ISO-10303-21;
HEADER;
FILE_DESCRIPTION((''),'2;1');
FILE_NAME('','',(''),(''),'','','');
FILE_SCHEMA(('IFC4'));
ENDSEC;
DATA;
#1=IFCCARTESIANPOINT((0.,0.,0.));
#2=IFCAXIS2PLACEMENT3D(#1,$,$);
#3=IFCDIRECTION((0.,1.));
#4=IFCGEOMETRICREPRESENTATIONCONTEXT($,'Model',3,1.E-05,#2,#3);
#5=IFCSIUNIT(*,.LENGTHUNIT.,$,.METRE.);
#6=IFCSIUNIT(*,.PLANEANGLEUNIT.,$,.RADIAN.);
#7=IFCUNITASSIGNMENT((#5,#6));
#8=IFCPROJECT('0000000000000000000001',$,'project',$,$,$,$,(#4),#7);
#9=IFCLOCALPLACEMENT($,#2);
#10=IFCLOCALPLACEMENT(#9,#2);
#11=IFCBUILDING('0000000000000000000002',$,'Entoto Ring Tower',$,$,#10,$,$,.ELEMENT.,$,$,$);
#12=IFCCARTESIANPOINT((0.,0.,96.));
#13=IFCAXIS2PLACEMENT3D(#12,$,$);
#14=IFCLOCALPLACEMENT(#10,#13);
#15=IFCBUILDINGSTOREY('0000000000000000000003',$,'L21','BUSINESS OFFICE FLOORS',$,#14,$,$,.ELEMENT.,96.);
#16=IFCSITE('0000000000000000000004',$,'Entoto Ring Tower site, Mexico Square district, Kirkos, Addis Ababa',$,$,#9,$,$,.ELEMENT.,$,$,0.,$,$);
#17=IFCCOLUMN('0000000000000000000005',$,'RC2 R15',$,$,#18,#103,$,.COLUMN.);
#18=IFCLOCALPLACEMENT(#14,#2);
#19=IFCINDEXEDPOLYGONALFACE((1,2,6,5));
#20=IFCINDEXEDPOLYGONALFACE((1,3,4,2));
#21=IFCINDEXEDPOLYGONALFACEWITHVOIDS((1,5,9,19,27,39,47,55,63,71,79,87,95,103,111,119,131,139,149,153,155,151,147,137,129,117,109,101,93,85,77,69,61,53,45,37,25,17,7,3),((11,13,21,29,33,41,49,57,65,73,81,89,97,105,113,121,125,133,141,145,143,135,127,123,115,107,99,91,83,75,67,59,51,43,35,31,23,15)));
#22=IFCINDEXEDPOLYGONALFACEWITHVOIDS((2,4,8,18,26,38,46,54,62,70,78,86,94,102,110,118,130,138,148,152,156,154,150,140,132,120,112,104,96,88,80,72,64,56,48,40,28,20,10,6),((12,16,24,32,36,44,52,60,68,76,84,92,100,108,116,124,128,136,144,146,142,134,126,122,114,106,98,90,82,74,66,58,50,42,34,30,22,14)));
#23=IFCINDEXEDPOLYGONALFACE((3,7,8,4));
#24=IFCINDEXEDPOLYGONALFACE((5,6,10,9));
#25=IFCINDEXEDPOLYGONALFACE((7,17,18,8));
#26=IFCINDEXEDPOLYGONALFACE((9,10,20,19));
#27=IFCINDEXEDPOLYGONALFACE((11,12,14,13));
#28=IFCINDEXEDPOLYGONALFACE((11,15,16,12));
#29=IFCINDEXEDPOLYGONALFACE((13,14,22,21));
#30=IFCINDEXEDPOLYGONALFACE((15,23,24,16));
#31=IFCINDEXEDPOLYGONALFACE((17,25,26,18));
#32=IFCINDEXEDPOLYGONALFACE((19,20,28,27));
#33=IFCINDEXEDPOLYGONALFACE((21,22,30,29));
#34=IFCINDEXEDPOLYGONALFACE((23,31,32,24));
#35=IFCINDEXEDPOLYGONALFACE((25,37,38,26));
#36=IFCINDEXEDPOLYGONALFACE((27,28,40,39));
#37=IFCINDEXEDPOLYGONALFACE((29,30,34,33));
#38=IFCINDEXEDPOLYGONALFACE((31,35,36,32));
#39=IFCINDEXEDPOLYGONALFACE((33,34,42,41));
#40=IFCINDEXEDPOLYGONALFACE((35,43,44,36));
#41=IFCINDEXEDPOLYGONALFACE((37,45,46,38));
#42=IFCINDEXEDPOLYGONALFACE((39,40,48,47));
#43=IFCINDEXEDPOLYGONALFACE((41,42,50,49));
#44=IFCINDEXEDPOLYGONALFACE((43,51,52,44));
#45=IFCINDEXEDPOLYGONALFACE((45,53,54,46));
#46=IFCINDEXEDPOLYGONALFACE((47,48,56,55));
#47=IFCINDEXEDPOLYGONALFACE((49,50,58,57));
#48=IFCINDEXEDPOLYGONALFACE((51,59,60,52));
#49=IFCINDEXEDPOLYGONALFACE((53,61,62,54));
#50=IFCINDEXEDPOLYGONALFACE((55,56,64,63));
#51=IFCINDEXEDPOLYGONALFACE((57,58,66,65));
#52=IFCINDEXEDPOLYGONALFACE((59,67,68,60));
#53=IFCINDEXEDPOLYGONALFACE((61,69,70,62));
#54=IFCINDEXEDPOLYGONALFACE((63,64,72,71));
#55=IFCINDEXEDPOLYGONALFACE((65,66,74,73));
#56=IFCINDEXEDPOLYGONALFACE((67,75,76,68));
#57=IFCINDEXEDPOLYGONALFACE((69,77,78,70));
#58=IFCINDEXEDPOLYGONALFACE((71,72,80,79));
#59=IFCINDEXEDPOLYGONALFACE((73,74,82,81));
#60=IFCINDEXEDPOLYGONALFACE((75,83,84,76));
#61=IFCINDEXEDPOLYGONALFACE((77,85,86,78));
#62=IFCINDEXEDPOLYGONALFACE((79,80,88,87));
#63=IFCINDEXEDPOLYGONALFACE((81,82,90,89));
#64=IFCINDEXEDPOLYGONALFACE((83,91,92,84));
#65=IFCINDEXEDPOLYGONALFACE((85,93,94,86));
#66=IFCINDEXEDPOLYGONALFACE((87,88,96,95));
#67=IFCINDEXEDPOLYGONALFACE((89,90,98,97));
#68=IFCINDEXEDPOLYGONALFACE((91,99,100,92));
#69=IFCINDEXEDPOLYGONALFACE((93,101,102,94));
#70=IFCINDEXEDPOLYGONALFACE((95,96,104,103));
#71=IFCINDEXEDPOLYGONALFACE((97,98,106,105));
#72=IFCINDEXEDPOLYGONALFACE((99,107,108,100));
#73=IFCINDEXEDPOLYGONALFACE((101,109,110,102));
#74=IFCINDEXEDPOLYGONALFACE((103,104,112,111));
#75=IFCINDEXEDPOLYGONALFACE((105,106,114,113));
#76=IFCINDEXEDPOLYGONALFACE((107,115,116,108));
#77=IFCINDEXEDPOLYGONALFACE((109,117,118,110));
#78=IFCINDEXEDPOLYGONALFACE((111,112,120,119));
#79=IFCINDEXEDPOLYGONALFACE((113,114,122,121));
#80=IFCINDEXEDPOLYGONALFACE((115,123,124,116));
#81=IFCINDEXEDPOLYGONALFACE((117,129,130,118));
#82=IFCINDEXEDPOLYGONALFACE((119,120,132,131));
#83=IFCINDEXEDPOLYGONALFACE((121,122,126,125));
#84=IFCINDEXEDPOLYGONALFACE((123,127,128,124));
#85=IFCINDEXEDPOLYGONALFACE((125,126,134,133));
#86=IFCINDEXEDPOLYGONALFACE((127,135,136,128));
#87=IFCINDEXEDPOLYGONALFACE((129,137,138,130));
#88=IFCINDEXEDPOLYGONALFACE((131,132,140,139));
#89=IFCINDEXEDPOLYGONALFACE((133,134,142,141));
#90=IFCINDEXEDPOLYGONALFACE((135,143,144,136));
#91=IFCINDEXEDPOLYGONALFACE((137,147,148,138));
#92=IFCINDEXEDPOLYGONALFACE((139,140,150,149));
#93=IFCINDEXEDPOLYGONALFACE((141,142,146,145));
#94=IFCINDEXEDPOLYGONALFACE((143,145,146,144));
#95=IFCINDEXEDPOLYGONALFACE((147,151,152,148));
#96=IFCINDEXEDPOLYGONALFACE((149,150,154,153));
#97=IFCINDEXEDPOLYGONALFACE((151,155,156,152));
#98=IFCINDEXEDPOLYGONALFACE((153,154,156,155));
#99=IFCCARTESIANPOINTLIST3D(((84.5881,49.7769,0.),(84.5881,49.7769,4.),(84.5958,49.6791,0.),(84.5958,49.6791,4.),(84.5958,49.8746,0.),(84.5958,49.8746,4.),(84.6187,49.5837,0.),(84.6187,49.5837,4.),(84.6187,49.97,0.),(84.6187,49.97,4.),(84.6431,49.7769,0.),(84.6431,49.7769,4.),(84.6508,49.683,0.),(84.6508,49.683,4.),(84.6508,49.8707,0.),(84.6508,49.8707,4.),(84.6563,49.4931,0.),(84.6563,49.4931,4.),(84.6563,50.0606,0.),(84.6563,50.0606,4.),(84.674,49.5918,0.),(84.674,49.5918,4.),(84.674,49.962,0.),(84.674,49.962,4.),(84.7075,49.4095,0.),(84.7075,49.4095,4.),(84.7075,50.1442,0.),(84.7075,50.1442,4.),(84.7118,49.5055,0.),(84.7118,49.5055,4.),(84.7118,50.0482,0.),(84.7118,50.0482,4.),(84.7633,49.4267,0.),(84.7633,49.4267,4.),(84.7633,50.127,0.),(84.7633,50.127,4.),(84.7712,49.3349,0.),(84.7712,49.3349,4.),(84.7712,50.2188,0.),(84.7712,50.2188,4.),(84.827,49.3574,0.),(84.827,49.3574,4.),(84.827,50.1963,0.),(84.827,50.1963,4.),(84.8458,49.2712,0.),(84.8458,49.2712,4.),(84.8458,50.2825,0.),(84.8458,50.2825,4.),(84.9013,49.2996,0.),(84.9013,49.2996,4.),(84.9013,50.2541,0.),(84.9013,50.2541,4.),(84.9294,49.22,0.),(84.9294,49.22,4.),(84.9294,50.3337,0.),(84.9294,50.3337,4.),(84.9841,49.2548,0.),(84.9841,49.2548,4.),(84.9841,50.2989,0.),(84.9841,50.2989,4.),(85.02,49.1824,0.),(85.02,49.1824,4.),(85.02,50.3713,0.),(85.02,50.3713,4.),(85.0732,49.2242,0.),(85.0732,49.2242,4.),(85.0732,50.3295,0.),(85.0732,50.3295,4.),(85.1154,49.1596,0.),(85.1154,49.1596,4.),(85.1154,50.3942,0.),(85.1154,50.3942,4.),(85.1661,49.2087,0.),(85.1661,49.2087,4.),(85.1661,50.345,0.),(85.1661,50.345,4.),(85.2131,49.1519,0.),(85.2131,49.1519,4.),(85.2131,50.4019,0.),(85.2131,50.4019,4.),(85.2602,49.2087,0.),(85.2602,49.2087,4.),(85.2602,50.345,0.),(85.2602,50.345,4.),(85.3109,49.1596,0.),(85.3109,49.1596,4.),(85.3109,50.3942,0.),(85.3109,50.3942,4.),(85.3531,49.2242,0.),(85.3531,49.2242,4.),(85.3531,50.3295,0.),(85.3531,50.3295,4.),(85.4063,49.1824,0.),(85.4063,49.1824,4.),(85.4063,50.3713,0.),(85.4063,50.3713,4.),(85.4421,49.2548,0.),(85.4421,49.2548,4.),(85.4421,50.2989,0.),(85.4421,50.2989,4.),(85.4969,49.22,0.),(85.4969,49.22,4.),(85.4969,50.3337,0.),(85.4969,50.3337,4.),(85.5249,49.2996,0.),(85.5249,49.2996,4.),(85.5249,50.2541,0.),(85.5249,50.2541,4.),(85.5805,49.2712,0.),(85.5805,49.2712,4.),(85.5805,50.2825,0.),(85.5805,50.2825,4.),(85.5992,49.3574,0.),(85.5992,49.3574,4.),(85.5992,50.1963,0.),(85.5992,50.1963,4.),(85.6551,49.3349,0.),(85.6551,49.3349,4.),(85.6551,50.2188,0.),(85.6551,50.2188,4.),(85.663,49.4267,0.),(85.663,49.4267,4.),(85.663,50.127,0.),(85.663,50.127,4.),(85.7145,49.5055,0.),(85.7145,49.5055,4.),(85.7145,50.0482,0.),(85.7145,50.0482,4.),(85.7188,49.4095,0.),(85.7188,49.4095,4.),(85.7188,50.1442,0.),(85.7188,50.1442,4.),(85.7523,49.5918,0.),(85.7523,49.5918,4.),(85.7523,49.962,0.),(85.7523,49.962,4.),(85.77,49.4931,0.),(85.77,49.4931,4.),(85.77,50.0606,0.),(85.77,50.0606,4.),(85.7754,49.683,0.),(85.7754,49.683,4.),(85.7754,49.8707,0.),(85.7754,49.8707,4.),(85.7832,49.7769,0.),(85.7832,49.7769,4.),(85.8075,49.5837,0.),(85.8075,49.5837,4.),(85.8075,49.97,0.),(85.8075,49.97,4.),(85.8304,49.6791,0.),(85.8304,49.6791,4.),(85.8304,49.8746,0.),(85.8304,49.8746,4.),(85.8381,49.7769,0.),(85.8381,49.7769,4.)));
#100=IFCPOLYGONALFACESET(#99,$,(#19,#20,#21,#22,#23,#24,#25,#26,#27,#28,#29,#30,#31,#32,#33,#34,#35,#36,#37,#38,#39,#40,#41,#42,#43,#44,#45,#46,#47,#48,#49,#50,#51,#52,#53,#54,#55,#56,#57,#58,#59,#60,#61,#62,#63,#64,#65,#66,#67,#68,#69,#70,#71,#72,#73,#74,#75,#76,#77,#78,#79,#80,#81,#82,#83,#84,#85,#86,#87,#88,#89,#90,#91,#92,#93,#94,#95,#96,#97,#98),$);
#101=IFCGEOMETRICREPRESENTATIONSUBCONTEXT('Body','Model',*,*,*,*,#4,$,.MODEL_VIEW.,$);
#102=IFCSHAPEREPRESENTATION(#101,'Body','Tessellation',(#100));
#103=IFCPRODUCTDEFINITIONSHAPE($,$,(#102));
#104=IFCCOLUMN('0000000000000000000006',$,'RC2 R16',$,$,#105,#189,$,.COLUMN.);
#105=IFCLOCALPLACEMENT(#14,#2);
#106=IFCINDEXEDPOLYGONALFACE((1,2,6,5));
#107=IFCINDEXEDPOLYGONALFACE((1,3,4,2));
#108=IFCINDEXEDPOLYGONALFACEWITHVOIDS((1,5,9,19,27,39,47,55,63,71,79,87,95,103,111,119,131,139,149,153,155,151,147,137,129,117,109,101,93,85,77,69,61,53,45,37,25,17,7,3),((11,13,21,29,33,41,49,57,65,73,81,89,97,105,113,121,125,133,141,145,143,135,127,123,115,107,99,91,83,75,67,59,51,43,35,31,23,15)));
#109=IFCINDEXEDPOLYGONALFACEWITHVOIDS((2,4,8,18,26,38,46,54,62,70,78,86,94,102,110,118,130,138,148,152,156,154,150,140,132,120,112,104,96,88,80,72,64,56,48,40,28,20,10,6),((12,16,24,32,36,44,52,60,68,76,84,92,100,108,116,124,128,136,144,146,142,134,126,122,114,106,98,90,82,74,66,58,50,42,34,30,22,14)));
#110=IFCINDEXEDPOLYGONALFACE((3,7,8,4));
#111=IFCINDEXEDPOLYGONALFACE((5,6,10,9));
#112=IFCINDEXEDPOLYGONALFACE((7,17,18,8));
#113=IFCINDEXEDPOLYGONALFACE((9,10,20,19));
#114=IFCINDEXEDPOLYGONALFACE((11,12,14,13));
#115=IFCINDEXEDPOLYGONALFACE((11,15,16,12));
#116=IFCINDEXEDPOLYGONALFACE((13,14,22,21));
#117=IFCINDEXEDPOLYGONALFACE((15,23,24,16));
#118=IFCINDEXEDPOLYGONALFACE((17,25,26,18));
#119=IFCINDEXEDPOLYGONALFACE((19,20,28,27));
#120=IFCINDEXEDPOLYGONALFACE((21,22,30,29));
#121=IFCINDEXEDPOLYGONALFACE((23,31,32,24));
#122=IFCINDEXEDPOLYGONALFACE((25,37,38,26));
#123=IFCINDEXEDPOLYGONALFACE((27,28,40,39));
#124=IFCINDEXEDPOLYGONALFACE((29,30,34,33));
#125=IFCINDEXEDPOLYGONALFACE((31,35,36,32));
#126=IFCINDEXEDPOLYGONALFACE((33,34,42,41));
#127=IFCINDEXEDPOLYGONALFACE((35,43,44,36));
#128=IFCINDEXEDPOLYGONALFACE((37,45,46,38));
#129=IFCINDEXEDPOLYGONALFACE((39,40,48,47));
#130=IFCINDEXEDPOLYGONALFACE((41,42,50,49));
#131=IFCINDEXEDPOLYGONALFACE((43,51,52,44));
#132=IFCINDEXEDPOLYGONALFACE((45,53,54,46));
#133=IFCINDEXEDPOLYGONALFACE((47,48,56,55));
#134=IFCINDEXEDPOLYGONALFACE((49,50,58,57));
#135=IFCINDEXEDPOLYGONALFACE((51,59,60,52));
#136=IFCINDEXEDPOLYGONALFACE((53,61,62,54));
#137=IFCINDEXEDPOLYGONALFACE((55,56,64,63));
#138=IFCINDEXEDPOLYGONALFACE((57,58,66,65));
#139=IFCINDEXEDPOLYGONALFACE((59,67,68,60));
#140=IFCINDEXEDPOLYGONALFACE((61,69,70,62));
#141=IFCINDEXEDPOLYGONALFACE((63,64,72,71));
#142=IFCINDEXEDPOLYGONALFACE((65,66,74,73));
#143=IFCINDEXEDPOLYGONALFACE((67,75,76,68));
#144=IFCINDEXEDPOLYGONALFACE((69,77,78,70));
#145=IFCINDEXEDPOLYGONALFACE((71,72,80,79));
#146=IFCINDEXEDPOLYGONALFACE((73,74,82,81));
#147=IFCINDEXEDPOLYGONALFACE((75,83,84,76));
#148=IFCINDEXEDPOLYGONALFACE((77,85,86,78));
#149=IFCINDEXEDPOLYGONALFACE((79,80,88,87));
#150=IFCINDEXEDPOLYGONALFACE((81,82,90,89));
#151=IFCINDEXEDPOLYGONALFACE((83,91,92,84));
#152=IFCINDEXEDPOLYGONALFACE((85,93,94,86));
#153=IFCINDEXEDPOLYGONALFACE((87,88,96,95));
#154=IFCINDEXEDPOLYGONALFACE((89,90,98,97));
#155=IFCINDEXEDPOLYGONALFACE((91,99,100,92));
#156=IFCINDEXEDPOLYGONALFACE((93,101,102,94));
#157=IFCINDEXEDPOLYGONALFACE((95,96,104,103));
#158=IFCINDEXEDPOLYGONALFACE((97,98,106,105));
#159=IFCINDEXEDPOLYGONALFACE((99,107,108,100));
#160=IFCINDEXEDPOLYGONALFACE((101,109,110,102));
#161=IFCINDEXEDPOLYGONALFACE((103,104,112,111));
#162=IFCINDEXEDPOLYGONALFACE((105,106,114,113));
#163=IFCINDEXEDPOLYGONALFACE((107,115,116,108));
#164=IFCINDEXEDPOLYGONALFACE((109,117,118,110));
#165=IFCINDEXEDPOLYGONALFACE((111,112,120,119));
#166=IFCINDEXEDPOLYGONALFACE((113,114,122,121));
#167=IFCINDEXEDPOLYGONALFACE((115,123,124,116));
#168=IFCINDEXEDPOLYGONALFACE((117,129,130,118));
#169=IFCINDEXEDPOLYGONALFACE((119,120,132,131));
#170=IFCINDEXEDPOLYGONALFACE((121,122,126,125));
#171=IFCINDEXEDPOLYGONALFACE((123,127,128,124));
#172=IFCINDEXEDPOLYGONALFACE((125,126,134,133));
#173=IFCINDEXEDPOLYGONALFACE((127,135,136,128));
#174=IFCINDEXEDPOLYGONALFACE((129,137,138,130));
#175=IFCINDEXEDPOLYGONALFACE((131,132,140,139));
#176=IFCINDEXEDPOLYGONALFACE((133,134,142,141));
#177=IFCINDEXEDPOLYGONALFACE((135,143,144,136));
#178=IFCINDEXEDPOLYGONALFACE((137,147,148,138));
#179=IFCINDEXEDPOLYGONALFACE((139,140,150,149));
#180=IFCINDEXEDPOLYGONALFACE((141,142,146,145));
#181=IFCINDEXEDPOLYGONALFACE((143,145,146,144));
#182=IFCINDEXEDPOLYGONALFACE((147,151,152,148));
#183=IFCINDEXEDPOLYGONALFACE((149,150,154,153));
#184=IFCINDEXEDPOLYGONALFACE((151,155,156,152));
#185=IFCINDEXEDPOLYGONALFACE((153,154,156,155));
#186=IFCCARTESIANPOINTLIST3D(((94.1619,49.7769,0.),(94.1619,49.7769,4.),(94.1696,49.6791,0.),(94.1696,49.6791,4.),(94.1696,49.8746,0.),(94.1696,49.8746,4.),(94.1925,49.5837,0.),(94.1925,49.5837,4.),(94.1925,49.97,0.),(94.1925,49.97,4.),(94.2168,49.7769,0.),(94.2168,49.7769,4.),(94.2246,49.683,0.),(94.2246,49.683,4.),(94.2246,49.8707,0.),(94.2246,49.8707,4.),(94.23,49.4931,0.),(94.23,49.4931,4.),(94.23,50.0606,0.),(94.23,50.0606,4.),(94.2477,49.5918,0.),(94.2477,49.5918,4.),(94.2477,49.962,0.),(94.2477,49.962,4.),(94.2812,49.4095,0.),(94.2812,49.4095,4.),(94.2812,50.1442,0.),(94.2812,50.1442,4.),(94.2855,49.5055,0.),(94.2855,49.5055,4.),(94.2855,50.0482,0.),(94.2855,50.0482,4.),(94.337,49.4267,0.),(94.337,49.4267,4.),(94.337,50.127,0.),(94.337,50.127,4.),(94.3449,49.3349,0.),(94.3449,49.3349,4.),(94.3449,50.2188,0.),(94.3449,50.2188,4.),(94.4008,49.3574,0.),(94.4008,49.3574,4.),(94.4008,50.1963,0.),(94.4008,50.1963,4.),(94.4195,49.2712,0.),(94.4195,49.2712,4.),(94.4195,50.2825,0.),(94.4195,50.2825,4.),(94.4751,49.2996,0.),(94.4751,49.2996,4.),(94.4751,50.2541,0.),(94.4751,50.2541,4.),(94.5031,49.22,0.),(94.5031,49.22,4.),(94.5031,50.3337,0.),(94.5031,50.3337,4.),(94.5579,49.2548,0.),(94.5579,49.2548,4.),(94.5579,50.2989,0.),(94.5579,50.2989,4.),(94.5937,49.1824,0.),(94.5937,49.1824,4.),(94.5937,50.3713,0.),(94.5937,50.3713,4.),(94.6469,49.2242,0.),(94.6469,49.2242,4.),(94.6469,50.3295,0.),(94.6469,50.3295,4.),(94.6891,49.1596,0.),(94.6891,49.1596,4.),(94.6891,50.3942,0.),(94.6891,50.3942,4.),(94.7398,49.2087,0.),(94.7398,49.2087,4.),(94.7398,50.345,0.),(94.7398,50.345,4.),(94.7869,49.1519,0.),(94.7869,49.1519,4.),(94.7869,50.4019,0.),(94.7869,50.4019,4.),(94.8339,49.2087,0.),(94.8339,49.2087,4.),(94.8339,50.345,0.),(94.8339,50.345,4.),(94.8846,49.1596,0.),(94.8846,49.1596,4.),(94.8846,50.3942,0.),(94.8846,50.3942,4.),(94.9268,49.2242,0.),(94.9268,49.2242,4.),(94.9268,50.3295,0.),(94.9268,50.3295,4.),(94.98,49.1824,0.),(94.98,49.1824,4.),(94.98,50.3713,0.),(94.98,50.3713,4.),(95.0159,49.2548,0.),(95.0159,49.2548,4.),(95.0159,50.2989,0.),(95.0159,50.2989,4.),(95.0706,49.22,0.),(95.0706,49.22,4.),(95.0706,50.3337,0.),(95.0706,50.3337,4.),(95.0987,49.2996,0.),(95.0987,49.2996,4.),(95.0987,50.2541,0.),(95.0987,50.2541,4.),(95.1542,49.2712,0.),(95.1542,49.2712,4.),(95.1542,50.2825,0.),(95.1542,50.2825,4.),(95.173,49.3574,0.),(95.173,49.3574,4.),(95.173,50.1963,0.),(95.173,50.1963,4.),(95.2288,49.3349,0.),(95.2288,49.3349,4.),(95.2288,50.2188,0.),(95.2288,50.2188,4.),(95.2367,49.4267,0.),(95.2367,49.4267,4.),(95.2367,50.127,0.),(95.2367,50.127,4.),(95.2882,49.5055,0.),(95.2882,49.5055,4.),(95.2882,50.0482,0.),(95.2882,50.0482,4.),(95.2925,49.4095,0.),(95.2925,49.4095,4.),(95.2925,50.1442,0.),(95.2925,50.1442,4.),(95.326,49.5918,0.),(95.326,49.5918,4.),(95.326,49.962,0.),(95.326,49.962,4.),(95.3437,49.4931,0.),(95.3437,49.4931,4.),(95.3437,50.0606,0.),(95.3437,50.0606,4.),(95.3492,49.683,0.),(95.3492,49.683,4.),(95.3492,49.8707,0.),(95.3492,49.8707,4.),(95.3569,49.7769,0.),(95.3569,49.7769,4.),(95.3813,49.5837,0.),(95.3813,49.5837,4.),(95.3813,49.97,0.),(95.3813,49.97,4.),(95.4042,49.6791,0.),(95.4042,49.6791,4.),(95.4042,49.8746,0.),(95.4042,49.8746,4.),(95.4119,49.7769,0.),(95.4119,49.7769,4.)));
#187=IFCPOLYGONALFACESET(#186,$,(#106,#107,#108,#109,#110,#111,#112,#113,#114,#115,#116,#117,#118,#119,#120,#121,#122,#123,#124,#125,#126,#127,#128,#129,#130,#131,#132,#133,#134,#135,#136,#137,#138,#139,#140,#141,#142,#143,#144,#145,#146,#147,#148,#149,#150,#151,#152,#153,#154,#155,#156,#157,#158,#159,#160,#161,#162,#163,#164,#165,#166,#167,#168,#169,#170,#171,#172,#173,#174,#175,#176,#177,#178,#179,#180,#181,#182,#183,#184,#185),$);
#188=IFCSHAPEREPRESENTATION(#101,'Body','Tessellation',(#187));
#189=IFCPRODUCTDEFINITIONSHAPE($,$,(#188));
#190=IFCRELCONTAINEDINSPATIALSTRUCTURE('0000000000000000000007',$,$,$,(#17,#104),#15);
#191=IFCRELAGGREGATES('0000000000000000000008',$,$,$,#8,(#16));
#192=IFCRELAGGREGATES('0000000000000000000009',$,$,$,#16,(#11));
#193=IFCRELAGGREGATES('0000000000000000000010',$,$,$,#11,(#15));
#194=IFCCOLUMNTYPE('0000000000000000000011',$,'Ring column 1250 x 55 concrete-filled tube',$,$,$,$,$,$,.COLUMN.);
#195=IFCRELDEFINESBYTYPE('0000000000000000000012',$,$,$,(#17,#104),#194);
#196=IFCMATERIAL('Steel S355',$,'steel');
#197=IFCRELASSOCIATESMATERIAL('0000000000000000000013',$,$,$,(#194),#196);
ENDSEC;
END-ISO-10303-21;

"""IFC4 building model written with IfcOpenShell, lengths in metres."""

from ifc_helpers import new_model, si_unit, direction, frame, origin, origin_2d, place, context, subcontext, project, spatial, circle, hollow_circle, extrude, material, material_profile, profile_set, type_object, element, save


model = new_model("IFC4")

# Units and contexts
model_context = context("Model", 3, precision=1e-05, world=origin(), true_north=direction((0.0, 1.0)))
body_context = subcontext(model_context, "Body", "Model", "MODEL_VIEW")
ifc_project = project(units=[si_unit("LENGTHUNIT", "METRE"), si_unit("PLANEANGLEUNIT", "RADIAN")], contexts=[model_context])

# Site, building, storey
site_placement = place(None, origin())
site = spatial("IfcSite", under=ifc_project, at=site_placement, Name="Entoto Ring Tower site, Mexico Square district, Kirkos, Addis Ababa", CompositionType="ELEMENT", RefElevation=0.0)
building_placement = place(site_placement, origin())
building = spatial("IfcBuilding", under=site, at=building_placement, Name="Entoto Ring Tower", CompositionType="ELEMENT")
storey_placement = place(building_placement, frame((0.0, 0.0, 96.0)))
storey = spatial("IfcBuildingStorey", under=building, at=storey_placement, Name="L21", Description="BUSINESS OFFICE FLOORS", CompositionType="ELEMENT", Elevation=96.0)

# Columns
ifc_material_1 = material(Name="Steel S355", Category="steel")
ifc_material_profile_1 = material_profile(ifc_material_1, hollow_circle(Radius=0.625, WallThickness=0.0549, at=origin_2d()), Name="CHS 1250 x 55")
ifc_material_2 = material(Name="Concrete C60/75", Category="concrete")
ifc_material_profile_2 = material_profile(ifc_material_2, circle(Radius=0.5701, at=origin_2d()), Name="Concrete C60/75 infill")
ifc_profile_set_1 = profile_set([ifc_material_profile_1, ifc_material_profile_2], Name="Steel S355")
column_type = type_object("IfcColumnType", Name="Ring column 1250 x 55 concrete-filled tube", PredefinedType="COLUMN", material=ifc_profile_set_1)
for number, where, z_axis, x_axis, name in (
    (1, (85.2131, 49.7769, 0.0), (0.0, 0.0, 1.0), (1.0, 0.0, 0.0), "RC2 R15"),
    (2, (94.7869, 49.7769, 0.0), (0.0, 0.0, 1.0), (1.0, 0.0, 0.0), "RC2 R16"),
):
    element("IfcColumn", number, at=place(storey_placement, frame(where, z_axis=z_axis, x_axis=x_axis)), inside=storey, type_object=column_type, Name=name, PredefinedType="COLUMN", context=body_context, shape_type="SweptSolid", body=[
        extrude(hollow_circle(Radius=0.625, WallThickness=0.0549, at=origin_2d()), origin(), (0.0, 0.0, 1.0), 4.0),
    ])

save(model, "model.ifc")
